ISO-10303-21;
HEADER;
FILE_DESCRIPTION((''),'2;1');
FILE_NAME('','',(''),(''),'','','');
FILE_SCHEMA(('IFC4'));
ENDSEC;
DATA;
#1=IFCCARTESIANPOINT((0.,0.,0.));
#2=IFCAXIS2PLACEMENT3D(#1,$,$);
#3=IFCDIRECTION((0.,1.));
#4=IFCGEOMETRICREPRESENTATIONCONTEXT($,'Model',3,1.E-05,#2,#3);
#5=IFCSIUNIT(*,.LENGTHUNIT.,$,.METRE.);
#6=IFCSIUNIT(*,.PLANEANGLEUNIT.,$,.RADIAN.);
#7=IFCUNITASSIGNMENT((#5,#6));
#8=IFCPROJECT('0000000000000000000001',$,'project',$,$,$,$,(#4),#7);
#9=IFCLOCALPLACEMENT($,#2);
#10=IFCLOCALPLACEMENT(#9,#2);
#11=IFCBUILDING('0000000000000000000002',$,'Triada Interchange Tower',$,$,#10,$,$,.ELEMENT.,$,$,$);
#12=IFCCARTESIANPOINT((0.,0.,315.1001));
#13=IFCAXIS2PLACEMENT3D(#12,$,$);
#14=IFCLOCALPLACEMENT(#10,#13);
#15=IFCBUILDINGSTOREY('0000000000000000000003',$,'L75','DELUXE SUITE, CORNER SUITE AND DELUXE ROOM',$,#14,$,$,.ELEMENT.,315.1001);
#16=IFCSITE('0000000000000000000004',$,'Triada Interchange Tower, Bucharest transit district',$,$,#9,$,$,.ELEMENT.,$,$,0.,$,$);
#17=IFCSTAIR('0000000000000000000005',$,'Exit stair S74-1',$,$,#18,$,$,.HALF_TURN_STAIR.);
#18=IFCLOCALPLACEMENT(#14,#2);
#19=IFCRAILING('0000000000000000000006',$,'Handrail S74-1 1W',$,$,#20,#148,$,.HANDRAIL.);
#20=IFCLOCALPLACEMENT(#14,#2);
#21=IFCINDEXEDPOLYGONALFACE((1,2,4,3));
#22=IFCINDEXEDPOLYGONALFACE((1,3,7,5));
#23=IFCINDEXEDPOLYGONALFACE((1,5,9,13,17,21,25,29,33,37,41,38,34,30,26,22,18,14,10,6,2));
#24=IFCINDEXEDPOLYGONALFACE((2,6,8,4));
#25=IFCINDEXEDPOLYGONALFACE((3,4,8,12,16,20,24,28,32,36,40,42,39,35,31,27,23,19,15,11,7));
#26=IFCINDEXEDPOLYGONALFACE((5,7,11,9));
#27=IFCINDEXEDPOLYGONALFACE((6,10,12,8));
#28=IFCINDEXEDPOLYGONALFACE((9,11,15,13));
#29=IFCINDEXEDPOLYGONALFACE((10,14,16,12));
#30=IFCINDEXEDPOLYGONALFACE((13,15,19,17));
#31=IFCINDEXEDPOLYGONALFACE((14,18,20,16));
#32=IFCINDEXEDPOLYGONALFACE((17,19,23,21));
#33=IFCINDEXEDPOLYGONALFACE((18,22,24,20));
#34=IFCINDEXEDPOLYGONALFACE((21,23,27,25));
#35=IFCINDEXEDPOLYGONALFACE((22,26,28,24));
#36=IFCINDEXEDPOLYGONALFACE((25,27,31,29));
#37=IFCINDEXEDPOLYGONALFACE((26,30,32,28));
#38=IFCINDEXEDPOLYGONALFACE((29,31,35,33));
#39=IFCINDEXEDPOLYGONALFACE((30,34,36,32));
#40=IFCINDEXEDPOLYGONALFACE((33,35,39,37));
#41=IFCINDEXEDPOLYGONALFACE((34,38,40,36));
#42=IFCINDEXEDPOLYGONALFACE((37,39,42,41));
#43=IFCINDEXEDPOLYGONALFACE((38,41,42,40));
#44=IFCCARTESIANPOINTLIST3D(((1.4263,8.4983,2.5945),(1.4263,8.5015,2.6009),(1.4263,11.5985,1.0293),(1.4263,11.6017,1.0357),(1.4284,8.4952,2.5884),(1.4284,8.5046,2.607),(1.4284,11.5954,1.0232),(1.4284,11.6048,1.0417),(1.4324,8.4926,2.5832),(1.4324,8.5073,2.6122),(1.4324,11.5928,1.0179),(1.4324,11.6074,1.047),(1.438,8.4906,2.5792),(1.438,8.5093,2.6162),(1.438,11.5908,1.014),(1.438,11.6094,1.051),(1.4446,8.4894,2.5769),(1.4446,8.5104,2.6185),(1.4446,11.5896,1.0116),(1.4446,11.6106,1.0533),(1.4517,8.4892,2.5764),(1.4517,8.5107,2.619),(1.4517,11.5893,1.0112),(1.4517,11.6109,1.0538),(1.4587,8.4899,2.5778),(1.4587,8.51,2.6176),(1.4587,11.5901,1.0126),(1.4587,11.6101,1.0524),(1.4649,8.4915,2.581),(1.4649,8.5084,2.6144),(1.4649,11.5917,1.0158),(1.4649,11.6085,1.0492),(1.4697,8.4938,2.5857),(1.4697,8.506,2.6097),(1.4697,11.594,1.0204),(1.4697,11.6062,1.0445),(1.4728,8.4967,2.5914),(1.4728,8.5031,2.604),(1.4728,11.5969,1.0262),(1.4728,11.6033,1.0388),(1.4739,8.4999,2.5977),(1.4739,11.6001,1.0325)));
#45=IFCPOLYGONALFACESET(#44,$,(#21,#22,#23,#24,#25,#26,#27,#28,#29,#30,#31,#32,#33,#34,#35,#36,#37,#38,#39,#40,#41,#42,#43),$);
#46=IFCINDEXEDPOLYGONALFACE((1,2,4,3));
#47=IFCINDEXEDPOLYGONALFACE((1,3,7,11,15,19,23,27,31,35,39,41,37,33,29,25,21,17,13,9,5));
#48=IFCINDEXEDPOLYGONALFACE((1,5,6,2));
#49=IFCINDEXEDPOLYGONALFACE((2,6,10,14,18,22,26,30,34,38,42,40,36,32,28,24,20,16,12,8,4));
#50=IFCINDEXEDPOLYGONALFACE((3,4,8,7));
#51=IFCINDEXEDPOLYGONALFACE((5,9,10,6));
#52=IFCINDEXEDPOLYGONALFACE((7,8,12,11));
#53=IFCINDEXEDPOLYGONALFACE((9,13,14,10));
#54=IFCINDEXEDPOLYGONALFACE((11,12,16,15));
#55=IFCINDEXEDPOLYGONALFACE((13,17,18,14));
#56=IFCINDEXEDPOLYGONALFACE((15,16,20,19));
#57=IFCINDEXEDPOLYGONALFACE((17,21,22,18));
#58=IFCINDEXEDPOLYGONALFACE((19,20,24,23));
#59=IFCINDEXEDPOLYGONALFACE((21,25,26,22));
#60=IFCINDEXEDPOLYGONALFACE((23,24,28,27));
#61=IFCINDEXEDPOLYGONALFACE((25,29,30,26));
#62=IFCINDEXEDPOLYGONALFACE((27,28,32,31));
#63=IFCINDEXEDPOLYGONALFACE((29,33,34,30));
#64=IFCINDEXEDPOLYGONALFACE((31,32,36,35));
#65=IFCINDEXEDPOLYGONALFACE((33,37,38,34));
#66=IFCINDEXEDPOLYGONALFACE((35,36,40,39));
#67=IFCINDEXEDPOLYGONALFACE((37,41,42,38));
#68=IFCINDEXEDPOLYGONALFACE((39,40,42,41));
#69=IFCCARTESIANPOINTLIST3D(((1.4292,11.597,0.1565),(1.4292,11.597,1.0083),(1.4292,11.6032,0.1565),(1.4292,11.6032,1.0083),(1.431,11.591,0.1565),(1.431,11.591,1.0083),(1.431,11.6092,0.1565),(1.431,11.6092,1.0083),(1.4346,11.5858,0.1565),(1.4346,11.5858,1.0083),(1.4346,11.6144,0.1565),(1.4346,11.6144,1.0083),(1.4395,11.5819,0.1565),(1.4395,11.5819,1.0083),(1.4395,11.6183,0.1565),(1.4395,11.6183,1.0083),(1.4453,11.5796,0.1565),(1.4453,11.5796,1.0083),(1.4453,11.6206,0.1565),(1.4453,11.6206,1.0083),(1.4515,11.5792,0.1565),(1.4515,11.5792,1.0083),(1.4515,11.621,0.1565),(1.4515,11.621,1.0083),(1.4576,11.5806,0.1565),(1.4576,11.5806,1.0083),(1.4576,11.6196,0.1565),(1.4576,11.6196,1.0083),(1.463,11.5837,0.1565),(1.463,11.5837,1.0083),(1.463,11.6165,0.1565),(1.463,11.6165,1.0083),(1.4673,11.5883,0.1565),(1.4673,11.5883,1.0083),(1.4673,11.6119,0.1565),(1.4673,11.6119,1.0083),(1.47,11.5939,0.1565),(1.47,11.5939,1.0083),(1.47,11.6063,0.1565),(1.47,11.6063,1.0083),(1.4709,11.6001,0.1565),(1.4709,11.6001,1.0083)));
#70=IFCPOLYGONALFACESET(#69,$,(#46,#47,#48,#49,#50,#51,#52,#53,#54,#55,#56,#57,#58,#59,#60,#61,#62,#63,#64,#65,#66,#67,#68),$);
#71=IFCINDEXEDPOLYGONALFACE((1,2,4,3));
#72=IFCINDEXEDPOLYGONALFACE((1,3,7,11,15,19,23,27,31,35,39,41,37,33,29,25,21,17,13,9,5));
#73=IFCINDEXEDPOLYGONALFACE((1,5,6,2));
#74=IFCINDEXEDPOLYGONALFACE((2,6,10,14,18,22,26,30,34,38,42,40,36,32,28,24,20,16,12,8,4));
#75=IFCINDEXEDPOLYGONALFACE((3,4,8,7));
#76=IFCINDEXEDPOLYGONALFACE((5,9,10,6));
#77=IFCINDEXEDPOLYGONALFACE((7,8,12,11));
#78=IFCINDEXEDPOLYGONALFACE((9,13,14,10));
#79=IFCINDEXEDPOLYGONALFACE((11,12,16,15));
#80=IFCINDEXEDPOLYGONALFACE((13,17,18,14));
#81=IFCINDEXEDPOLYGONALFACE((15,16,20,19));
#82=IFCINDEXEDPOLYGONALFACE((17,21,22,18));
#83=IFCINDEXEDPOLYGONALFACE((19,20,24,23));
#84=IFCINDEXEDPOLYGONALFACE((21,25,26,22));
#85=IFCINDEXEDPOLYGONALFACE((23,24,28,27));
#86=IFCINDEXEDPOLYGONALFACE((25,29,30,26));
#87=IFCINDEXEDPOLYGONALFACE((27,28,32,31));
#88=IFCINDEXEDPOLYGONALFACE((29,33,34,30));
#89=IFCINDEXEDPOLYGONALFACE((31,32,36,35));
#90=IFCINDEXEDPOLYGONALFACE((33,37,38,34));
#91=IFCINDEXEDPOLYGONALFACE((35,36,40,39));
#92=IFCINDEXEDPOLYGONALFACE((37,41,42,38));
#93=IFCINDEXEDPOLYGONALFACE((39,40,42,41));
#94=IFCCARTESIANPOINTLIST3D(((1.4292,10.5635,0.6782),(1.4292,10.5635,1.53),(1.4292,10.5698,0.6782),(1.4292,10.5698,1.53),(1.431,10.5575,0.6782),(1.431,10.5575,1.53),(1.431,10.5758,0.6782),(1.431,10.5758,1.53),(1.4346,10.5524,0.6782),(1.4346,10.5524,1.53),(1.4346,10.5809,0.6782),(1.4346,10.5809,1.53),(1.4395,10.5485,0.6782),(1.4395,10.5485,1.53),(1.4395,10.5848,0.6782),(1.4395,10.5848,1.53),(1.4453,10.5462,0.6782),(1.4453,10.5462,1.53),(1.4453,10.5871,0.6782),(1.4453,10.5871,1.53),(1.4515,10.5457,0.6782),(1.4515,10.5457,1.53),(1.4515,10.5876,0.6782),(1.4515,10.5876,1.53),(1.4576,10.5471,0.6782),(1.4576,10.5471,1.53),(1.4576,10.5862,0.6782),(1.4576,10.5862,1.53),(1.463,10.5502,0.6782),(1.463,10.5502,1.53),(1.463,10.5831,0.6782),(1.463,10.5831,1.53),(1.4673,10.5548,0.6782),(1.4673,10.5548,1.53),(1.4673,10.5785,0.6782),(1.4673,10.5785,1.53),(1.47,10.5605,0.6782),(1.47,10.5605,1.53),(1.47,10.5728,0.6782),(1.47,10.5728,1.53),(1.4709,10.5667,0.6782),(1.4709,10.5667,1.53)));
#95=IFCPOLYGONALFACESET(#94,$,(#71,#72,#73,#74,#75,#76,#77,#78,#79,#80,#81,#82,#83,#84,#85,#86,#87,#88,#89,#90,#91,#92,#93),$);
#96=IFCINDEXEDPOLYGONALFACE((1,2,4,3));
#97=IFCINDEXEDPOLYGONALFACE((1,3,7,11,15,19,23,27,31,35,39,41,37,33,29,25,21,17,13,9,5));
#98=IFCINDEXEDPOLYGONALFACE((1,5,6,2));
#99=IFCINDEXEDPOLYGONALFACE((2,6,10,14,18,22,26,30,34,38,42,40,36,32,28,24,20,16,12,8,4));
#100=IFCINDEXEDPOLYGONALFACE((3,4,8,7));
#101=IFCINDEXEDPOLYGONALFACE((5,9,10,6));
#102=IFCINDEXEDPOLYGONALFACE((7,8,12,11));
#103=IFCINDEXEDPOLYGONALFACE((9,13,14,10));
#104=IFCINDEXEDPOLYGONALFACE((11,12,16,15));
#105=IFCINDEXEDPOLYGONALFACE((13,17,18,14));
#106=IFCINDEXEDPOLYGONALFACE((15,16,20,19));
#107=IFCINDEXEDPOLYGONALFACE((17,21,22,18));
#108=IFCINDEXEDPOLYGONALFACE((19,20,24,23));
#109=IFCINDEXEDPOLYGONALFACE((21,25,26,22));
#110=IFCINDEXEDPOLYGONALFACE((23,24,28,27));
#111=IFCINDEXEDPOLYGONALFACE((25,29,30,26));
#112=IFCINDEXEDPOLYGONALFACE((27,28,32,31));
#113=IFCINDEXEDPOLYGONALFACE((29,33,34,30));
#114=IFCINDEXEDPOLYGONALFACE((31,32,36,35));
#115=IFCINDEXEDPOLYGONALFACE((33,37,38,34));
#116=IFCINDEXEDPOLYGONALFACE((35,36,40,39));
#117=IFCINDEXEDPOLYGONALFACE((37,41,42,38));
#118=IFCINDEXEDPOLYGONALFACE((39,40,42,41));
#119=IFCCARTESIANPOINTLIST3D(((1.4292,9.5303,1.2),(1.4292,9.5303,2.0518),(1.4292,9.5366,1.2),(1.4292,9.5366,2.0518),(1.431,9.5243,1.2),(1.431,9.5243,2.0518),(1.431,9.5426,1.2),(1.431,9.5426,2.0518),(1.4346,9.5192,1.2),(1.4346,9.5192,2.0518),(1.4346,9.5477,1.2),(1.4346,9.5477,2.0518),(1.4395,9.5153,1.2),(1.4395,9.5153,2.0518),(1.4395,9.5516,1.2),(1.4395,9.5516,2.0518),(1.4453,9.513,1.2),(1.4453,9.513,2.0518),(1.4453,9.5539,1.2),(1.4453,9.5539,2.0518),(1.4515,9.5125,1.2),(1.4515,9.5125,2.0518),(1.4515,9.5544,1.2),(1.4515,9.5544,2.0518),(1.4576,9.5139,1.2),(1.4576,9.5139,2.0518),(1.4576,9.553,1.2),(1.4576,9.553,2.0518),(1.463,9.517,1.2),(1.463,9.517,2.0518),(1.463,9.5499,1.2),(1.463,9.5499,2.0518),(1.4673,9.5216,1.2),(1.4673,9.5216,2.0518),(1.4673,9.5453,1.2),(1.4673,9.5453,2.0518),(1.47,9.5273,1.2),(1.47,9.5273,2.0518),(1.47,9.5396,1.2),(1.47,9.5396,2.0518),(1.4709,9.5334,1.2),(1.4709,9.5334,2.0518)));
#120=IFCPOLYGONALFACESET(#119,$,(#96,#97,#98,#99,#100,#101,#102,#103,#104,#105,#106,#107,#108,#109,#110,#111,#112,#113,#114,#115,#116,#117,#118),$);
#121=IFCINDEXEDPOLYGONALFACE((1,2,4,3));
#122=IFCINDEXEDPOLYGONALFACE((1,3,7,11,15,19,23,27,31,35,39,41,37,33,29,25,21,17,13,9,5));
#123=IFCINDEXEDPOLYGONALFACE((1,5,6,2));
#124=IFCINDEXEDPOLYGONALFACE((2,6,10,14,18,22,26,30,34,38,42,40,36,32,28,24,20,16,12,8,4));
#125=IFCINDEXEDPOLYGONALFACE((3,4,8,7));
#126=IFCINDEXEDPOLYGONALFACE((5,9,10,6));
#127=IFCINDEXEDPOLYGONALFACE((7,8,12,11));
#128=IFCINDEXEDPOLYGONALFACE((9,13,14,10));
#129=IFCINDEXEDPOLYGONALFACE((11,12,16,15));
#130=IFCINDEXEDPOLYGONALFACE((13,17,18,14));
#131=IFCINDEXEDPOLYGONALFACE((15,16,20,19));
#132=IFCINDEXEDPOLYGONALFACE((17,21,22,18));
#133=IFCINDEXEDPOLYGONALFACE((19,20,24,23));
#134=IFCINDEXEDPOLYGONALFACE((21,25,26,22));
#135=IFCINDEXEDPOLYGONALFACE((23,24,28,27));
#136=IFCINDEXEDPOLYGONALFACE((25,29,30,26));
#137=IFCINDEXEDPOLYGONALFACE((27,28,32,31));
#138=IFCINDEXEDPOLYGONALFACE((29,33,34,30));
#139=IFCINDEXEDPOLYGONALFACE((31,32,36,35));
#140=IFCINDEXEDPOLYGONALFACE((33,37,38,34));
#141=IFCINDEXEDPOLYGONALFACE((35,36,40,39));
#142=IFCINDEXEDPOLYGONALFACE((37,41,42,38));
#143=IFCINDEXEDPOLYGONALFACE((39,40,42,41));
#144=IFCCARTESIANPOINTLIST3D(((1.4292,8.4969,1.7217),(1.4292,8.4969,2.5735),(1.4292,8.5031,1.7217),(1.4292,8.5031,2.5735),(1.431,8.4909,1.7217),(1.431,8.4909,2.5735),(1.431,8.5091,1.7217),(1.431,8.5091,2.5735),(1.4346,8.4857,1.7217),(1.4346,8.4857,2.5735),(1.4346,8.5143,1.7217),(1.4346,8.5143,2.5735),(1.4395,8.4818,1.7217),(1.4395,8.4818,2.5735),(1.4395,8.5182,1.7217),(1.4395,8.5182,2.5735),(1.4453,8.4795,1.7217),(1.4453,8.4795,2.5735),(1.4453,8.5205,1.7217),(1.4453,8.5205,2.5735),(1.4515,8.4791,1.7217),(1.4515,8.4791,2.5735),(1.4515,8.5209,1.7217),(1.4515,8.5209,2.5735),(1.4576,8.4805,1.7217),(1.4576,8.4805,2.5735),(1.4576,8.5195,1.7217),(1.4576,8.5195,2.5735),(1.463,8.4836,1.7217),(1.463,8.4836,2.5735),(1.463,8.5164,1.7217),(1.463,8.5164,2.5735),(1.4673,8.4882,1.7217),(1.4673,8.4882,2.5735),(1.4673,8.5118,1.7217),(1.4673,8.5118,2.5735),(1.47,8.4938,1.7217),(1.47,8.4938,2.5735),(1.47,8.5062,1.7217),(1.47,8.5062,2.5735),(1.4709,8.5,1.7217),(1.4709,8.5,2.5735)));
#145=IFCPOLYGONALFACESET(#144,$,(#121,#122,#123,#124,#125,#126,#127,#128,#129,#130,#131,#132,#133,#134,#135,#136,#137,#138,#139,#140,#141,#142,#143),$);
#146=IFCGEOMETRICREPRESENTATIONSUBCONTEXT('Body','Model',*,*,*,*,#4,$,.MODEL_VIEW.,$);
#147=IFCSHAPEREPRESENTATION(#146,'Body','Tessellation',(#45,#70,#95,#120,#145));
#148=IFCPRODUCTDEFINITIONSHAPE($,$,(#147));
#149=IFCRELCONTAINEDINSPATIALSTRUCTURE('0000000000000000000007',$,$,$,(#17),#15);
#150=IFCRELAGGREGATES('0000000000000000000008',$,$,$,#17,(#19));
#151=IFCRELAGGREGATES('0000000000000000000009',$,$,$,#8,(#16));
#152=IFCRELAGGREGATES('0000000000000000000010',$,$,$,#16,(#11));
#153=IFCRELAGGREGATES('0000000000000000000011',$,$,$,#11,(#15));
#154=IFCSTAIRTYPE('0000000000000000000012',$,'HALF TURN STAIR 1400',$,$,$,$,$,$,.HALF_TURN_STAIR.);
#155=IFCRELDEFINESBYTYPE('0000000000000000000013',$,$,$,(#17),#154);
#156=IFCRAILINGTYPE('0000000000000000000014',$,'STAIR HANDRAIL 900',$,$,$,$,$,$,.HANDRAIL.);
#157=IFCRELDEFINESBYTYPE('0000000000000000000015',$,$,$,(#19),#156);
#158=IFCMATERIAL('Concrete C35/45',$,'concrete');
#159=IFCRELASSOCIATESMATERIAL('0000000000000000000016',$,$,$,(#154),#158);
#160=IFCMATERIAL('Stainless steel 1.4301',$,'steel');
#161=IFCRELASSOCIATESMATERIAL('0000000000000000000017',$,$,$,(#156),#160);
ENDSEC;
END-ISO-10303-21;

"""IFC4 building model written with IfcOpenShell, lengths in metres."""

from ifc_helpers import new_model, si_unit, direction, frame, origin, origin_2d, place, context, subcontext, project, spatial, circle, extrude, material, type_object, element, aggregate, save


model = new_model("IFC4")

# Units and contexts
model_context = context("Model", 3, precision=1e-05, world=origin(), true_north=direction((0.0, 1.0)))
body_context = subcontext(model_context, "Body", "Model", "MODEL_VIEW")
ifc_project = project(units=[si_unit("LENGTHUNIT", "METRE"), si_unit("PLANEANGLEUNIT", "RADIAN")], contexts=[model_context])

# Site, building, storey
site_placement = place(None, origin())
site = spatial("IfcSite", under=ifc_project, at=site_placement, Name="Triada Interchange Tower, Bucharest transit district", CompositionType="ELEMENT", RefElevation=0.0)
building_placement = place(site_placement, origin())
building = spatial("IfcBuilding", under=site, at=building_placement, Name="Triada Interchange Tower", CompositionType="ELEMENT")
storey_placement = place(building_placement, frame((0.0, 0.0, 315.1001)))
storey = spatial("IfcBuildingStorey", under=building, at=storey_placement, Name="L75", Description="DELUXE SUITE, CORNER SUITE AND DELUXE ROOM", CompositionType="ELEMENT", Elevation=315.1001)

# Stair
ifc_material_1 = material(Name="Concrete C35/45", Category="concrete")
stair_type = type_object("IfcStairType", Name="HALF TURN STAIR 1400", PredefinedType="HALF_TURN_STAIR", material=ifc_material_1)
stair_placement = place(storey_placement, origin())
stair = element("IfcStair", 1, at=stair_placement, inside=storey, type_object=stair_type, Name="Exit stair S74-1", PredefinedType="HALF_TURN_STAIR")

# Railing
ifc_material_2 = material(Name="Stainless steel 1.4301", Category="steel")
railing_type = type_object("IfcRailingType", Name="STAIR HANDRAIL 900", PredefinedType="HANDRAIL", material=ifc_material_2)
railing_1_placement = place(storey_placement, frame((1.45, 11.6001, 0.1565)))
railing_1 = element("IfcRailing", 2, at=railing_1_placement, type_object=railing_type, Name="Handrail S74-1 1W", PredefinedType="HANDRAIL", context=body_context, shape_type="SweptSolid", body=[
    extrude(circle(Radius=0.0239, at=origin_2d()), frame((0.0, 0.0, 0.876), z_axis=(0.0, -0.892677, 0.450697), x_axis=(1.0, 0.0, 0.0)), (0.0, 0.0, 1.0), 3.4729),
    extrude(circle(Radius=0.021, at=origin_2d()), origin(), (0.0, 0.0, 1.0), 0.8518),
    extrude(circle(Radius=0.021, at=origin_2d()), frame((0.0, -1.0334, 0.5217)), (0.0, 0.0, 1.0), 0.8518),
    extrude(circle(Radius=0.021, at=origin_2d()), frame((0.0, -2.0667, 1.0435)), (0.0, 0.0, 1.0), 0.8518),
    extrude(circle(Radius=0.021, at=origin_2d()), frame((0.0, -3.1001, 1.5652)), (0.0, 0.0, 1.0), 0.8518),
])
aggregate(stair, [railing_1])

save(model, "model.ifc")
